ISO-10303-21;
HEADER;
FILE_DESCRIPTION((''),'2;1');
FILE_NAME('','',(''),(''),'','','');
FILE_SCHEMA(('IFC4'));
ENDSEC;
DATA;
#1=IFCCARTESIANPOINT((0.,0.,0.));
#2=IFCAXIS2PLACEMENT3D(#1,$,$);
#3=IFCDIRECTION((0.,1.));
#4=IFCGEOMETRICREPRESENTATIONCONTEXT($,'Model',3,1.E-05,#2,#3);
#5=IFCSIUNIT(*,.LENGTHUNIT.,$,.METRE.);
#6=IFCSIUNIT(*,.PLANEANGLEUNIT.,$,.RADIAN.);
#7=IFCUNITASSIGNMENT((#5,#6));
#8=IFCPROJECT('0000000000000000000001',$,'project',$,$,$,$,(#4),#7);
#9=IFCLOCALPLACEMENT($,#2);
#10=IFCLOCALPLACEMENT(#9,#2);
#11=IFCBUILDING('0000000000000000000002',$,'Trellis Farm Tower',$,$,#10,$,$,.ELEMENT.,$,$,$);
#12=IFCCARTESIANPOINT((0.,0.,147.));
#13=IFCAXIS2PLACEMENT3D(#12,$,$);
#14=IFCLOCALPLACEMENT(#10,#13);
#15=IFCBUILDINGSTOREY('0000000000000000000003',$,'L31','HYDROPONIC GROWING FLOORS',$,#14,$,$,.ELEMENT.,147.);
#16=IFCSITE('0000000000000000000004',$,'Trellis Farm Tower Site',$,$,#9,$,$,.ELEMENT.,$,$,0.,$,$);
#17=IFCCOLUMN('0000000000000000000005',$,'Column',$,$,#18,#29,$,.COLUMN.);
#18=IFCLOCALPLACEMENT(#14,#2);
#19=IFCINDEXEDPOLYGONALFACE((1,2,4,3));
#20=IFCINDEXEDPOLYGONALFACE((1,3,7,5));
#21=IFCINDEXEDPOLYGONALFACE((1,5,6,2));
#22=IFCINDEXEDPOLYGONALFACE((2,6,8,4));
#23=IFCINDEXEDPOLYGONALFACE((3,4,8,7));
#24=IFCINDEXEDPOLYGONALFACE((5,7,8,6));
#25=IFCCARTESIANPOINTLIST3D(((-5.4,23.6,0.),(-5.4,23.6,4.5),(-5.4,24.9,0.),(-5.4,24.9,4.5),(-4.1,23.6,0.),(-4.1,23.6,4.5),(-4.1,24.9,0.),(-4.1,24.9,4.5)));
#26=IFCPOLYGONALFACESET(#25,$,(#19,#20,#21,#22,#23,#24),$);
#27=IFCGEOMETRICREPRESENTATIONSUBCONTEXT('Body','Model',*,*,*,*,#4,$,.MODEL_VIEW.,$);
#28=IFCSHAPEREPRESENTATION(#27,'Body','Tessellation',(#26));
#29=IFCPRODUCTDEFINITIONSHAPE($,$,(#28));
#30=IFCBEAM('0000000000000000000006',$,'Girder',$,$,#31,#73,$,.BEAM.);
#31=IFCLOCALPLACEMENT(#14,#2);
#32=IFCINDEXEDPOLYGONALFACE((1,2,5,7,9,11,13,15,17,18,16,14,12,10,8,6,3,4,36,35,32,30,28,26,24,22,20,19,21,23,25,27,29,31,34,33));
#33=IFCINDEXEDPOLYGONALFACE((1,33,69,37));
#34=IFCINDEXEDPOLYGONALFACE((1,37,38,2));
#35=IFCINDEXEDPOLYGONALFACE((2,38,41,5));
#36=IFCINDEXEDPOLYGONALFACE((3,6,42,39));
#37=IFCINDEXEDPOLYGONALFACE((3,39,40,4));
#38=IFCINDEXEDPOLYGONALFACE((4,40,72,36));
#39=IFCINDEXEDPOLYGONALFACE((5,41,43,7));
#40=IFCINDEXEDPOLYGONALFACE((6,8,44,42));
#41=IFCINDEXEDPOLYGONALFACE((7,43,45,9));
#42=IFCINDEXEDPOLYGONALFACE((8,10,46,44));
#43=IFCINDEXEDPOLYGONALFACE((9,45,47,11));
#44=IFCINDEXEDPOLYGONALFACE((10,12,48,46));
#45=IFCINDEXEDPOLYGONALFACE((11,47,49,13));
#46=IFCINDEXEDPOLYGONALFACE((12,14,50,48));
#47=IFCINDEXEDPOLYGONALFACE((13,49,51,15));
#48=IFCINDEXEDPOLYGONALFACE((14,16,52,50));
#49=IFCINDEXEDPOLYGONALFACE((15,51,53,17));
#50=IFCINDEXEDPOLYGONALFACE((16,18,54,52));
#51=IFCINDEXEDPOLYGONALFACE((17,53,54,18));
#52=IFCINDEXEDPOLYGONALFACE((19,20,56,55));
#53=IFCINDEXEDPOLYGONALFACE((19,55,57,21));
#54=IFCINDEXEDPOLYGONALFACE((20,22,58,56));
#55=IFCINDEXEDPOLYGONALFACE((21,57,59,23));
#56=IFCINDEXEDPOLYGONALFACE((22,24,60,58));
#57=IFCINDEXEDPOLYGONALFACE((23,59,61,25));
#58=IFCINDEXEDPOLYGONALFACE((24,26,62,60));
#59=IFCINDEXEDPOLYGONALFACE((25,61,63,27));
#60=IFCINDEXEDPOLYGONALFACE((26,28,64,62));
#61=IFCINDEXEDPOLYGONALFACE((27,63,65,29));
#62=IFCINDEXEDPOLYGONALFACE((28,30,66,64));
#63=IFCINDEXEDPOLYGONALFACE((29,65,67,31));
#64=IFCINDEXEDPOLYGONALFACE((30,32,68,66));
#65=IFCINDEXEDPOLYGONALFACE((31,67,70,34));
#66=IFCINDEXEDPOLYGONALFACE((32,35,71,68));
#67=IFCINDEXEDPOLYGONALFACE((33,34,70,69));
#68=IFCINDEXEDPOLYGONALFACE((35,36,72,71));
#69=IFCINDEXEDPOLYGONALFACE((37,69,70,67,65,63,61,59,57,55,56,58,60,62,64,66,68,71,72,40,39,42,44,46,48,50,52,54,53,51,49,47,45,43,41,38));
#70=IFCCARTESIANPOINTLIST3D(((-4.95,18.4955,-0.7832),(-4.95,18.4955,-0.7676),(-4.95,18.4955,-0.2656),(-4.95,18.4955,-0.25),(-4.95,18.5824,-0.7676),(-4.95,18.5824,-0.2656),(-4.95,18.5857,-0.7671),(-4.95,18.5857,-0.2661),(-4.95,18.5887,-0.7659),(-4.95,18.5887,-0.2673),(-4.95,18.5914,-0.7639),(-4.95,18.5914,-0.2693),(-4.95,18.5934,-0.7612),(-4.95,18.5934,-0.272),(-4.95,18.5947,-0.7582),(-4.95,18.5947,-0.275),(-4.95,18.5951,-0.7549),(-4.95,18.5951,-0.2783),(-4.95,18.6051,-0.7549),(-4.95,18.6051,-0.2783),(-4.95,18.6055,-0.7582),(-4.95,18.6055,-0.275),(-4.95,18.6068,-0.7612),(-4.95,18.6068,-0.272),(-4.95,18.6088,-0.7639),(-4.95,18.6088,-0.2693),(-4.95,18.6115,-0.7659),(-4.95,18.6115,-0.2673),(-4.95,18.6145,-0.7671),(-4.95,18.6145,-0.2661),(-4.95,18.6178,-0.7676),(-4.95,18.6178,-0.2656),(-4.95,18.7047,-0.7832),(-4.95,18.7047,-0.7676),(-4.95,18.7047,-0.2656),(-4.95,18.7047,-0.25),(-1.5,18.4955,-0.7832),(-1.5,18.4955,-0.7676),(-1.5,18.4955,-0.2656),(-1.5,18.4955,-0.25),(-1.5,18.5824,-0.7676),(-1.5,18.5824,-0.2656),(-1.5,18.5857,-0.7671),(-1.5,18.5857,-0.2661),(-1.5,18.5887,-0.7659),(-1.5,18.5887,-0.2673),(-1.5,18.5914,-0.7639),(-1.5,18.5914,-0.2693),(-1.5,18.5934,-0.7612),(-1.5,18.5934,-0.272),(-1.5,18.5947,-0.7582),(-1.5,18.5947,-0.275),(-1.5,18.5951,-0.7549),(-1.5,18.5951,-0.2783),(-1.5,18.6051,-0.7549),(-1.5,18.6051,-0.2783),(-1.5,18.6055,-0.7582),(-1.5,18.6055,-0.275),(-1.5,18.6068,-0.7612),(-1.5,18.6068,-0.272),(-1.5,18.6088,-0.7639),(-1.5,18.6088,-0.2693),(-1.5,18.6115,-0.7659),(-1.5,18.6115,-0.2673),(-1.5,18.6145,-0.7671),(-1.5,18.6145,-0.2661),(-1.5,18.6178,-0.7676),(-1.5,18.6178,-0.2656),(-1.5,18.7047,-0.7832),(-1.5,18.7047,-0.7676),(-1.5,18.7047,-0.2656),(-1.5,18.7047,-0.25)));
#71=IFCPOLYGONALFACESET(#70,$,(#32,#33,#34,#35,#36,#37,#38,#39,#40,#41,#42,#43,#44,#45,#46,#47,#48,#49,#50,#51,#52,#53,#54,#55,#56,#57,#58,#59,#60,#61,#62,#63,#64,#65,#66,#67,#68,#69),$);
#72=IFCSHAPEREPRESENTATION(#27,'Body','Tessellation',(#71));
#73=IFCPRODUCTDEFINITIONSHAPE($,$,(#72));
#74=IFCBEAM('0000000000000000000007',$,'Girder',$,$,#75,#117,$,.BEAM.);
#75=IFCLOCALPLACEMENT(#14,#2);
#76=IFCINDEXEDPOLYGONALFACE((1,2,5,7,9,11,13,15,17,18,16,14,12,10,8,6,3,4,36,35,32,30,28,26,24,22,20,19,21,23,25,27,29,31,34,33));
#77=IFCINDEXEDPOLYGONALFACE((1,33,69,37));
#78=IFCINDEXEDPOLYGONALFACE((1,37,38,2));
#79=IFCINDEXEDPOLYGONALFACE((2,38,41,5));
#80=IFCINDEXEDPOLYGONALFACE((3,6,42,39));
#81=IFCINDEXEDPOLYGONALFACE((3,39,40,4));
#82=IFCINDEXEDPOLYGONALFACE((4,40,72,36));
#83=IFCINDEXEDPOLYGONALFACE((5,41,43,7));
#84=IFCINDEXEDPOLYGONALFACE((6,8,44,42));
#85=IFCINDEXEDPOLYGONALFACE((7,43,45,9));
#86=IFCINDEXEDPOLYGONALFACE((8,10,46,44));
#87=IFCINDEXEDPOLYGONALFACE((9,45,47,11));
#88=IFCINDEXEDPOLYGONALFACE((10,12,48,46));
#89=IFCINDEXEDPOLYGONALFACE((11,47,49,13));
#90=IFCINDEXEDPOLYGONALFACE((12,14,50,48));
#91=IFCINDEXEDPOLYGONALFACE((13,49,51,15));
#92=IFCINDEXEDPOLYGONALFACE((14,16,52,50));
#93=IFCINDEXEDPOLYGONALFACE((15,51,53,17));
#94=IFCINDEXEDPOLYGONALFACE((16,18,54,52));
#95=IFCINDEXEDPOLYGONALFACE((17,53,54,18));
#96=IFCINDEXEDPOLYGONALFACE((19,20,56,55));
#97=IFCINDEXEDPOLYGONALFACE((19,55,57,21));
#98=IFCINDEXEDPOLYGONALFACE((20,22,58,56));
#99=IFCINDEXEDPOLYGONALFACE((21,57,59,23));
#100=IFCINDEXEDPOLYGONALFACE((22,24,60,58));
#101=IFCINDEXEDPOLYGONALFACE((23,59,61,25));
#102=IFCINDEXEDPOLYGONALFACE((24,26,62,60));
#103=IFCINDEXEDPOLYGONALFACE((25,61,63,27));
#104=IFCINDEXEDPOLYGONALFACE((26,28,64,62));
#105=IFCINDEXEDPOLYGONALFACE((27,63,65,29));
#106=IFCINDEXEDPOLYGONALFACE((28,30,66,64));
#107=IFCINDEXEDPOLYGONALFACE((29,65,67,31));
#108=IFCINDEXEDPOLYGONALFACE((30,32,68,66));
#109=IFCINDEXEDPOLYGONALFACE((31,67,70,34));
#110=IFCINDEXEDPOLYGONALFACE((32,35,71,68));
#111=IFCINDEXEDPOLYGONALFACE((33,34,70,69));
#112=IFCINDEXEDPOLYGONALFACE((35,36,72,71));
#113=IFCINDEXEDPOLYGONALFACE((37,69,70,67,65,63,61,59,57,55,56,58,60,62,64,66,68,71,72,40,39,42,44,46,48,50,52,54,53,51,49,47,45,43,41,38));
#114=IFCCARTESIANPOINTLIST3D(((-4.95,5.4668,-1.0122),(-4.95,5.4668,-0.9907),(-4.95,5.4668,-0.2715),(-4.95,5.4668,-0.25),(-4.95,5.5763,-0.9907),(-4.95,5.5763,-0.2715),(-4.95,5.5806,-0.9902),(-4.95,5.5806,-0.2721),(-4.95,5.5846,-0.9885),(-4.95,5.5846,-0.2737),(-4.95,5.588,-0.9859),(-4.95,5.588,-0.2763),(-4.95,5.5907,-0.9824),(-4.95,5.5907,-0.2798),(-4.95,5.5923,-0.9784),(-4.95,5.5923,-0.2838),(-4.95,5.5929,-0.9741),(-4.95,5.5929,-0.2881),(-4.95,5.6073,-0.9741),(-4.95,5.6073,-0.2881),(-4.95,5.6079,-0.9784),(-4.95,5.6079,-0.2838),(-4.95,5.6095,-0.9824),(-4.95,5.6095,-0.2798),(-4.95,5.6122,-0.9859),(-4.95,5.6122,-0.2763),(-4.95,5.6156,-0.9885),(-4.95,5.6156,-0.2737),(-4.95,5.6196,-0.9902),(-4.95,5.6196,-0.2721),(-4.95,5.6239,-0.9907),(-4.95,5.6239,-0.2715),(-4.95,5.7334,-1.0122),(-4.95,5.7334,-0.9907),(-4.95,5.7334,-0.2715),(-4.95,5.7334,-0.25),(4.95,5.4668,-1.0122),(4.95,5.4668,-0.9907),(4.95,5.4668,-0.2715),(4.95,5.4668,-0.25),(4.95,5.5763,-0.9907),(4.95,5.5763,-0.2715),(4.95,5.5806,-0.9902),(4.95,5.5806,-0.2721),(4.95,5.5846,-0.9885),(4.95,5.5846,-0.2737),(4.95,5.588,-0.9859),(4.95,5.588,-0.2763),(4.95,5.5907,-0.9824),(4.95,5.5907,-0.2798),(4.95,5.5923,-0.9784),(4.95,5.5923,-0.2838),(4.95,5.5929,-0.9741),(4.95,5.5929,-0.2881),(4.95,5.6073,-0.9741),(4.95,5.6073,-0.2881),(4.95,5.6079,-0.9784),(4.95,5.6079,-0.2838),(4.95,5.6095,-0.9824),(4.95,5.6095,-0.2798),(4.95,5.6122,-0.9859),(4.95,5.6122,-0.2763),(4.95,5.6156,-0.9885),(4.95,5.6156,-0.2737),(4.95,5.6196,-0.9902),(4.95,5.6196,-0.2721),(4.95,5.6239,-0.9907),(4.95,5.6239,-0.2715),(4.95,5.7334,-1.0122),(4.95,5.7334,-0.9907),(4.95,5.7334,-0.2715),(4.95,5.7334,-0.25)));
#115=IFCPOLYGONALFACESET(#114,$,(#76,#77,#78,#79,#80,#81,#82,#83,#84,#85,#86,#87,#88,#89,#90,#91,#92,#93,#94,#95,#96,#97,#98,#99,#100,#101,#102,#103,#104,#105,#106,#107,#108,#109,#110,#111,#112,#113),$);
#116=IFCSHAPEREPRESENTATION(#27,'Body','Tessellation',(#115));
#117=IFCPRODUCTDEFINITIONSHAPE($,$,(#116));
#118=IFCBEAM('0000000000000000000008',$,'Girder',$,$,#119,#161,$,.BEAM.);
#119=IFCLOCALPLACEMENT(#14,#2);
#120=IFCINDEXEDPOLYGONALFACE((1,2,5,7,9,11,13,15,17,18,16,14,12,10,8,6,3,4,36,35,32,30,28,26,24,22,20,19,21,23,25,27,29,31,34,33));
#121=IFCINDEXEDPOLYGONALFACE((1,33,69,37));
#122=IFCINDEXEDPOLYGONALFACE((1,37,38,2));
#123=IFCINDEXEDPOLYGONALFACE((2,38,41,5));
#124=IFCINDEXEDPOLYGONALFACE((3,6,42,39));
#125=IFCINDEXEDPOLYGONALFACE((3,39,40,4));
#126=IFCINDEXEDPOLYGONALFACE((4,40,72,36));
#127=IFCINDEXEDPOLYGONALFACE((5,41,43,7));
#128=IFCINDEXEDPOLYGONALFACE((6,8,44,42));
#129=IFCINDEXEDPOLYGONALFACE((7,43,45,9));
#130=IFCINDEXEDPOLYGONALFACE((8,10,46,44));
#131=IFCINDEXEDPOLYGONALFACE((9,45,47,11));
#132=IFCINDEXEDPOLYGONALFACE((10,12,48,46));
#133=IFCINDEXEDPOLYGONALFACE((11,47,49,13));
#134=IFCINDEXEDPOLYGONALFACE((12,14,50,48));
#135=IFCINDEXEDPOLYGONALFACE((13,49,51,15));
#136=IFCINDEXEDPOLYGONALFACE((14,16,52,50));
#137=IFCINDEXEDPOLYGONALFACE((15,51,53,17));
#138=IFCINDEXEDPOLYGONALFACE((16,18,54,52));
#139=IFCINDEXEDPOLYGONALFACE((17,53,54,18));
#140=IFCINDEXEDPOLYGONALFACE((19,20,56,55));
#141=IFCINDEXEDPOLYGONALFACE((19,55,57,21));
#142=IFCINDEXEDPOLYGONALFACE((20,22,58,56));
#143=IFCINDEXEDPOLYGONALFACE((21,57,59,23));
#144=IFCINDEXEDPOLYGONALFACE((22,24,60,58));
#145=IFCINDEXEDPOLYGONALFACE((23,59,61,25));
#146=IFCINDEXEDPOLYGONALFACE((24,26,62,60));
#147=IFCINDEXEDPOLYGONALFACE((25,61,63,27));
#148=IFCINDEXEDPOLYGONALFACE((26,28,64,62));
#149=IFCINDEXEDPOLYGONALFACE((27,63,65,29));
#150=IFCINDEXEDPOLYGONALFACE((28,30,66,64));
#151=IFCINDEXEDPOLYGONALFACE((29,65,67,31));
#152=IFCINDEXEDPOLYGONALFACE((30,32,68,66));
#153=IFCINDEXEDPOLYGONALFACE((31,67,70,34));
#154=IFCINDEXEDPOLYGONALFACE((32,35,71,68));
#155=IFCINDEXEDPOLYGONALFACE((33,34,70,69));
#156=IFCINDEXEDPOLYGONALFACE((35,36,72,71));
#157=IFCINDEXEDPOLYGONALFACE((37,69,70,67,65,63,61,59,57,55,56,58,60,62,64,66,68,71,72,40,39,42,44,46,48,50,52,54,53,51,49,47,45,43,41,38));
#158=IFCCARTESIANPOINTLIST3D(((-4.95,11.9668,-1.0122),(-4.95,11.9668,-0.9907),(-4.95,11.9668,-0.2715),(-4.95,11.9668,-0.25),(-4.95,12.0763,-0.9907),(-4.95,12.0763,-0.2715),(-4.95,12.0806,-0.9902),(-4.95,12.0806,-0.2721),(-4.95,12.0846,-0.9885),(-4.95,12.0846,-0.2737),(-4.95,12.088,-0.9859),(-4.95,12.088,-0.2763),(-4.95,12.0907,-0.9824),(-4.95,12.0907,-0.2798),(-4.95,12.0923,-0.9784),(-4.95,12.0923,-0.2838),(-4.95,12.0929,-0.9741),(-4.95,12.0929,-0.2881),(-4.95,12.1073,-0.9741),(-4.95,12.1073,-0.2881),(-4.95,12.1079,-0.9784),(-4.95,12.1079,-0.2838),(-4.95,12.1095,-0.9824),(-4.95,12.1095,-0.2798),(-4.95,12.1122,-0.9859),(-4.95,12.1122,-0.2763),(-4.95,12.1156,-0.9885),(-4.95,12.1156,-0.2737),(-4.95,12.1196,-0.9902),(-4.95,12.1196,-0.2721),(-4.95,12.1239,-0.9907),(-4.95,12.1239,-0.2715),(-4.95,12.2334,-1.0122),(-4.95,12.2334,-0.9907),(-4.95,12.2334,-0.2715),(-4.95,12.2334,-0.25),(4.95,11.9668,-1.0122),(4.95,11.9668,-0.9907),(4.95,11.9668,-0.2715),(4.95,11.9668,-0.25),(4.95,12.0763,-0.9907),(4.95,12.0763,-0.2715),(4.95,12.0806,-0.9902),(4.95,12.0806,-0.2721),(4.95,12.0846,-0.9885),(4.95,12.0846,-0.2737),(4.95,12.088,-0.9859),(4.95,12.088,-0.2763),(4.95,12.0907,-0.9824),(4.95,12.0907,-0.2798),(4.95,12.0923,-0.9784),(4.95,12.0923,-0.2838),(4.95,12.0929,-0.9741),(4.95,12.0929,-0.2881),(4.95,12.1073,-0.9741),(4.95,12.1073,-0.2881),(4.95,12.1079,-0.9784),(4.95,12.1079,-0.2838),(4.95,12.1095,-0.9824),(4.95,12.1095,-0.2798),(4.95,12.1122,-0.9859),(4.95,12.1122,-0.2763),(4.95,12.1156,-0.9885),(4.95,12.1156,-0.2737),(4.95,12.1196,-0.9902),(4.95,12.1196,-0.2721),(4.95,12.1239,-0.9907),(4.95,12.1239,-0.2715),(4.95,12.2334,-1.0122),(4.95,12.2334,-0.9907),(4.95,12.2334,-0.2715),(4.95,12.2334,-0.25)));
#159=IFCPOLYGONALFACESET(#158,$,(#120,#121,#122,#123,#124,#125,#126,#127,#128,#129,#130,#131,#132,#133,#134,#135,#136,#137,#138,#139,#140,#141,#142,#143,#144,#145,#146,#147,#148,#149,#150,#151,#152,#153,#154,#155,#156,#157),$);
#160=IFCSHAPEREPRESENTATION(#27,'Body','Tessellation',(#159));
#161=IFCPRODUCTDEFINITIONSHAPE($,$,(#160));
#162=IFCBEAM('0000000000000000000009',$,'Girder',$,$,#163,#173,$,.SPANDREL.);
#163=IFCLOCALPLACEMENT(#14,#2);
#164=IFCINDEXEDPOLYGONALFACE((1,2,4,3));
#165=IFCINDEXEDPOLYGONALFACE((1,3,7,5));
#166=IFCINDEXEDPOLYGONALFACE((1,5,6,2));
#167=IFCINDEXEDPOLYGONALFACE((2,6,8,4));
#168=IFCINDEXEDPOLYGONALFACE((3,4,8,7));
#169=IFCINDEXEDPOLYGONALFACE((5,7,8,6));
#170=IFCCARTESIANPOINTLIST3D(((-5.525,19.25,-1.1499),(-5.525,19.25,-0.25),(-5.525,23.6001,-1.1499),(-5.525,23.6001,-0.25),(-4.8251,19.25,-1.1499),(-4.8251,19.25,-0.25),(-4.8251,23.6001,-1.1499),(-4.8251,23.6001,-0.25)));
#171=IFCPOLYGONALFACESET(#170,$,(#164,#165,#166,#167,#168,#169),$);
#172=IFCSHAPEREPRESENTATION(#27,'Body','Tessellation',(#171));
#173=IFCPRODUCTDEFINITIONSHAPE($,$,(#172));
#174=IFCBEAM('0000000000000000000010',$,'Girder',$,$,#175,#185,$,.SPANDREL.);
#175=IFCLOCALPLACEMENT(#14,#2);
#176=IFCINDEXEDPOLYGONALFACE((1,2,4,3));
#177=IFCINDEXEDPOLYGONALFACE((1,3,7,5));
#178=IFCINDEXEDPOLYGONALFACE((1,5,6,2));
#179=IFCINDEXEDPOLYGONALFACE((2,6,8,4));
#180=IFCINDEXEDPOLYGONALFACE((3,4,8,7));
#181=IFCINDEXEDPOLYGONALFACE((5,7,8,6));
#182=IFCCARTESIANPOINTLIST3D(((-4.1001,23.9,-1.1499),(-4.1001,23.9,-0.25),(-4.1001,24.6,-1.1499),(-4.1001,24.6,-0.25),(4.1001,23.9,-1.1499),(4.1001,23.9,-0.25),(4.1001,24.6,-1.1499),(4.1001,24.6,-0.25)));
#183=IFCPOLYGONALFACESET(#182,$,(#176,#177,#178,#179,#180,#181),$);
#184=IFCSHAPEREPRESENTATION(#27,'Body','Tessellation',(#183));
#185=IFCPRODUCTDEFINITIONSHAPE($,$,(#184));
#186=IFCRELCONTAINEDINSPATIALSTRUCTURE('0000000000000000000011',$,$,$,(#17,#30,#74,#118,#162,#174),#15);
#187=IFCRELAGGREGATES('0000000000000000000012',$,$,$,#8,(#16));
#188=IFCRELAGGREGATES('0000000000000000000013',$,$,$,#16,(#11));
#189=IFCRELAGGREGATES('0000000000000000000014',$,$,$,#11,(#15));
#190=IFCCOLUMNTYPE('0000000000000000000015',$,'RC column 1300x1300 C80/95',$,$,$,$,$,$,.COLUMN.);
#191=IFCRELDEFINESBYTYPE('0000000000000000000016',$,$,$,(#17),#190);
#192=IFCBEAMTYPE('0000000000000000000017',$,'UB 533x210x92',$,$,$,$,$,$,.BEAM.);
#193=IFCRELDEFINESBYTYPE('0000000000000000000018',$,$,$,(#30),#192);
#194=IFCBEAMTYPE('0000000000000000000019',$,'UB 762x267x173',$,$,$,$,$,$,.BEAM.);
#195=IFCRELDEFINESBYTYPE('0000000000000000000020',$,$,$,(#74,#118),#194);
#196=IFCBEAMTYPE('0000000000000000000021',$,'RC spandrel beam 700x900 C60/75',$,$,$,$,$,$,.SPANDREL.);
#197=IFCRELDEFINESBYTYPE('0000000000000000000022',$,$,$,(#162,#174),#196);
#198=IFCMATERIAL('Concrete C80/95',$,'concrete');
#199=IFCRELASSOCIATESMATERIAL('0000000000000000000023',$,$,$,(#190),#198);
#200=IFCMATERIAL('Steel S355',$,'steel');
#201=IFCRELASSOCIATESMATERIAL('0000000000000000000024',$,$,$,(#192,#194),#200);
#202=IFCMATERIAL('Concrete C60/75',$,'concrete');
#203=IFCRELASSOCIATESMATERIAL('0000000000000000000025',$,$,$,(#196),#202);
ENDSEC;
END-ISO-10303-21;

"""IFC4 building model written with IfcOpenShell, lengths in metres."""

from ifc_helpers import new_model, si_unit, direction, frame, origin, origin_2d, place, context, subcontext, project, spatial, rectangle, i_section, extrude, source, transform, mapped, material, material_profile, profile_set, type_object, element, save


model = new_model("IFC4")

# Units and contexts
model_context = context("Model", 3, precision=1e-05, world=origin(), true_north=direction((0.0, 1.0)))
body_context = subcontext(model_context, "Body", "Model", "MODEL_VIEW")
ifc_project = project(units=[si_unit("LENGTHUNIT", "METRE"), si_unit("PLANEANGLEUNIT", "RADIAN")], contexts=[model_context])

# Site, building, storey
site_placement = place(None, origin())
site = spatial("IfcSite", under=ifc_project, at=site_placement, Name="Trellis Farm Tower Site", CompositionType="ELEMENT", RefElevation=0.0)
building_placement = place(site_placement, origin())
building = spatial("IfcBuilding", under=site, at=building_placement, Name="Trellis Farm Tower", CompositionType="ELEMENT")
storey_placement = place(building_placement, frame((0.0, 0.0, 147.0)))
storey = spatial("IfcBuildingStorey", under=building, at=storey_placement, Name="L31", Description="HYDROPONIC GROWING FLOORS", CompositionType="ELEMENT", Elevation=147.0)

# Column
ifc_material_1 = material(Name="Concrete C80/95", Category="concrete")
ifc_material_profile_1 = material_profile(ifc_material_1, rectangle(XDim=1.3, YDim=1.3, at=origin_2d()), Name="RC column 1300x1300 C80/95")
ifc_profile_set_1 = profile_set([ifc_material_profile_1], Name="Concrete C80/95")
column_type = type_object("IfcColumnType", Name="RC column 1300x1300 C80/95", PredefinedType="COLUMN", material=ifc_profile_set_1)
shared_shape_1 = source(origin(), body_context, "Body", "SweptSolid", [
    extrude(rectangle(XDim=1.3, YDim=1.3, at=origin_2d()), origin(), (0.0, 0.0, 1.0), 4.5),
])
column_placement = place(storey_placement, frame((-4.75, 24.25, 0.0), z_axis=(0.0, 0.0, 1.0), x_axis=(1.0, 0.0, 0.0)))
element("IfcColumn", 1, at=column_placement, inside=storey, type_object=column_type, Name="Column", PredefinedType="COLUMN", context=body_context, shape_type="MappedRepresentation", body=[
    mapped(shared_shape_1, transform((0.0, 0.0, 0.0))),
])

# Beams
ifc_material_2 = material(Name="Steel S355", Category="steel")
ifc_material_profile_2 = material_profile(ifc_material_2, i_section(OverallWidth=0.2092, OverallDepth=0.5332, WebThickness=0.01, FlangeThickness=0.0156, FilletRadius=0.0127, at=origin_2d()), Name="UB 533x210x92")
ifc_profile_set_2 = profile_set([ifc_material_profile_2], Name="Steel S355")
beam_type_1 = type_object("IfcBeamType", Name="UB 533x210x92", PredefinedType="BEAM", material=ifc_profile_set_2)
shared_shape_2 = source(origin(), body_context, "Body", "SweptSolid", [
    extrude(i_section(OverallWidth=0.2092, OverallDepth=0.5332, WebThickness=0.01, FlangeThickness=0.0156, FilletRadius=0.0127, at=origin_2d()), origin(), (0.0, 0.0, 1.0), 3.45),
])
beam_1_placement = place(storey_placement, frame((-4.95, 18.6001, -0.5166), z_axis=(1.0, 0.0, 0.0), x_axis=(0.0, 1.0, 0.0)))
element("IfcBeam", 2, at=beam_1_placement, inside=storey, type_object=beam_type_1, Name="Girder", PredefinedType="BEAM", context=body_context, shape_type="MappedRepresentation", body=[
    mapped(shared_shape_2, transform((0.0, 0.0, 0.0))),
])
ifc_material_profile_3 = material_profile(ifc_material_2, i_section(OverallWidth=0.2666, OverallDepth=0.7622, WebThickness=0.0144, FlangeThickness=0.0215, FilletRadius=0.0166, at=origin_2d()), Name="UB 762x267x173")
ifc_profile_set_3 = profile_set([ifc_material_profile_3], Name="Steel S355")
beam_type_2 = type_object("IfcBeamType", Name="UB 762x267x173", PredefinedType="BEAM", material=ifc_profile_set_3)
shared_shape_3 = source(origin(), body_context, "Body", "SweptSolid", [
    extrude(i_section(OverallWidth=0.2666, OverallDepth=0.7622, WebThickness=0.0144, FlangeThickness=0.0215, FilletRadius=0.0166, at=origin_2d()), origin(), (0.0, 0.0, 1.0), 9.8999),
])
for number, where, z_axis, x_axis, name in (
    (3, (-4.95, 5.6001, -0.6311), (1.0, 0.0, 0.0), (0.0, 1.0, 0.0), "Girder"),
    (4, (-4.95, 12.1001, -0.6311), (1.0, 0.0, 0.0), (0.0, 1.0, 0.0), "Girder"),
):
    element("IfcBeam", number, at=place(storey_placement, frame(where, z_axis=z_axis, x_axis=x_axis)), inside=storey, type_object=beam_type_2, Name=name, PredefinedType="BEAM", context=body_context, shape_type="MappedRepresentation", body=[
        mapped(shared_shape_3, transform((0.0, 0.0, 0.0))),
    ])
ifc_material_3 = material(Name="Concrete C60/75", Category="concrete")
ifc_material_profile_4 = material_profile(ifc_material_3, rectangle(XDim=0.7, YDim=0.8999, at=origin_2d()), Name="RC spandrel beam 700x900 C60/75")
ifc_profile_set_4 = profile_set([ifc_material_profile_4], Name="Concrete C60/75")
beam_type_3 = type_object("IfcBeamType", Name="RC spandrel beam 700x900 C60/75", PredefinedType="SPANDREL", material=ifc_profile_set_4)
shared_shape_4 = source(origin(), body_context, "Body", "SweptSolid", [
    extrude(rectangle(XDim=0.7, YDim=0.8999, at=origin_2d()), origin(), (0.0, 0.0, 1.0), 4.3501),
])
beam_2_placement = place(storey_placement, frame((-5.175, 19.25, -0.7), z_axis=(0.0, 1.0, 0.0), x_axis=(-1.0, 0.0, 0.0)))
element("IfcBeam", 5, at=beam_2_placement, inside=storey, type_object=beam_type_3, Name="Girder", PredefinedType="SPANDREL", context=body_context, shape_type="MappedRepresentation", body=[
    mapped(shared_shape_4, transform((0.0, 0.0, 0.0))),
])
shared_shape_5 = source(origin(), body_context, "Body", "SweptSolid", [
    extrude(rectangle(XDim=0.7, YDim=0.8999, at=origin_2d()), origin(), (0.0, 0.0, 1.0), 8.2002),
])
beam_3_placement = place(storey_placement, frame((-4.1001, 24.25, -0.7), z_axis=(1.0, 0.0, 0.0), x_axis=(0.0, 1.0, 0.0)))
element("IfcBeam", 6, at=beam_3_placement, inside=storey, type_object=beam_type_3, Name="Girder", PredefinedType="SPANDREL", context=body_context, shape_type="MappedRepresentation", body=[
    mapped(shared_shape_5, transform((0.0, 0.0, 0.0))),
])

save(model, "model.ifc")
